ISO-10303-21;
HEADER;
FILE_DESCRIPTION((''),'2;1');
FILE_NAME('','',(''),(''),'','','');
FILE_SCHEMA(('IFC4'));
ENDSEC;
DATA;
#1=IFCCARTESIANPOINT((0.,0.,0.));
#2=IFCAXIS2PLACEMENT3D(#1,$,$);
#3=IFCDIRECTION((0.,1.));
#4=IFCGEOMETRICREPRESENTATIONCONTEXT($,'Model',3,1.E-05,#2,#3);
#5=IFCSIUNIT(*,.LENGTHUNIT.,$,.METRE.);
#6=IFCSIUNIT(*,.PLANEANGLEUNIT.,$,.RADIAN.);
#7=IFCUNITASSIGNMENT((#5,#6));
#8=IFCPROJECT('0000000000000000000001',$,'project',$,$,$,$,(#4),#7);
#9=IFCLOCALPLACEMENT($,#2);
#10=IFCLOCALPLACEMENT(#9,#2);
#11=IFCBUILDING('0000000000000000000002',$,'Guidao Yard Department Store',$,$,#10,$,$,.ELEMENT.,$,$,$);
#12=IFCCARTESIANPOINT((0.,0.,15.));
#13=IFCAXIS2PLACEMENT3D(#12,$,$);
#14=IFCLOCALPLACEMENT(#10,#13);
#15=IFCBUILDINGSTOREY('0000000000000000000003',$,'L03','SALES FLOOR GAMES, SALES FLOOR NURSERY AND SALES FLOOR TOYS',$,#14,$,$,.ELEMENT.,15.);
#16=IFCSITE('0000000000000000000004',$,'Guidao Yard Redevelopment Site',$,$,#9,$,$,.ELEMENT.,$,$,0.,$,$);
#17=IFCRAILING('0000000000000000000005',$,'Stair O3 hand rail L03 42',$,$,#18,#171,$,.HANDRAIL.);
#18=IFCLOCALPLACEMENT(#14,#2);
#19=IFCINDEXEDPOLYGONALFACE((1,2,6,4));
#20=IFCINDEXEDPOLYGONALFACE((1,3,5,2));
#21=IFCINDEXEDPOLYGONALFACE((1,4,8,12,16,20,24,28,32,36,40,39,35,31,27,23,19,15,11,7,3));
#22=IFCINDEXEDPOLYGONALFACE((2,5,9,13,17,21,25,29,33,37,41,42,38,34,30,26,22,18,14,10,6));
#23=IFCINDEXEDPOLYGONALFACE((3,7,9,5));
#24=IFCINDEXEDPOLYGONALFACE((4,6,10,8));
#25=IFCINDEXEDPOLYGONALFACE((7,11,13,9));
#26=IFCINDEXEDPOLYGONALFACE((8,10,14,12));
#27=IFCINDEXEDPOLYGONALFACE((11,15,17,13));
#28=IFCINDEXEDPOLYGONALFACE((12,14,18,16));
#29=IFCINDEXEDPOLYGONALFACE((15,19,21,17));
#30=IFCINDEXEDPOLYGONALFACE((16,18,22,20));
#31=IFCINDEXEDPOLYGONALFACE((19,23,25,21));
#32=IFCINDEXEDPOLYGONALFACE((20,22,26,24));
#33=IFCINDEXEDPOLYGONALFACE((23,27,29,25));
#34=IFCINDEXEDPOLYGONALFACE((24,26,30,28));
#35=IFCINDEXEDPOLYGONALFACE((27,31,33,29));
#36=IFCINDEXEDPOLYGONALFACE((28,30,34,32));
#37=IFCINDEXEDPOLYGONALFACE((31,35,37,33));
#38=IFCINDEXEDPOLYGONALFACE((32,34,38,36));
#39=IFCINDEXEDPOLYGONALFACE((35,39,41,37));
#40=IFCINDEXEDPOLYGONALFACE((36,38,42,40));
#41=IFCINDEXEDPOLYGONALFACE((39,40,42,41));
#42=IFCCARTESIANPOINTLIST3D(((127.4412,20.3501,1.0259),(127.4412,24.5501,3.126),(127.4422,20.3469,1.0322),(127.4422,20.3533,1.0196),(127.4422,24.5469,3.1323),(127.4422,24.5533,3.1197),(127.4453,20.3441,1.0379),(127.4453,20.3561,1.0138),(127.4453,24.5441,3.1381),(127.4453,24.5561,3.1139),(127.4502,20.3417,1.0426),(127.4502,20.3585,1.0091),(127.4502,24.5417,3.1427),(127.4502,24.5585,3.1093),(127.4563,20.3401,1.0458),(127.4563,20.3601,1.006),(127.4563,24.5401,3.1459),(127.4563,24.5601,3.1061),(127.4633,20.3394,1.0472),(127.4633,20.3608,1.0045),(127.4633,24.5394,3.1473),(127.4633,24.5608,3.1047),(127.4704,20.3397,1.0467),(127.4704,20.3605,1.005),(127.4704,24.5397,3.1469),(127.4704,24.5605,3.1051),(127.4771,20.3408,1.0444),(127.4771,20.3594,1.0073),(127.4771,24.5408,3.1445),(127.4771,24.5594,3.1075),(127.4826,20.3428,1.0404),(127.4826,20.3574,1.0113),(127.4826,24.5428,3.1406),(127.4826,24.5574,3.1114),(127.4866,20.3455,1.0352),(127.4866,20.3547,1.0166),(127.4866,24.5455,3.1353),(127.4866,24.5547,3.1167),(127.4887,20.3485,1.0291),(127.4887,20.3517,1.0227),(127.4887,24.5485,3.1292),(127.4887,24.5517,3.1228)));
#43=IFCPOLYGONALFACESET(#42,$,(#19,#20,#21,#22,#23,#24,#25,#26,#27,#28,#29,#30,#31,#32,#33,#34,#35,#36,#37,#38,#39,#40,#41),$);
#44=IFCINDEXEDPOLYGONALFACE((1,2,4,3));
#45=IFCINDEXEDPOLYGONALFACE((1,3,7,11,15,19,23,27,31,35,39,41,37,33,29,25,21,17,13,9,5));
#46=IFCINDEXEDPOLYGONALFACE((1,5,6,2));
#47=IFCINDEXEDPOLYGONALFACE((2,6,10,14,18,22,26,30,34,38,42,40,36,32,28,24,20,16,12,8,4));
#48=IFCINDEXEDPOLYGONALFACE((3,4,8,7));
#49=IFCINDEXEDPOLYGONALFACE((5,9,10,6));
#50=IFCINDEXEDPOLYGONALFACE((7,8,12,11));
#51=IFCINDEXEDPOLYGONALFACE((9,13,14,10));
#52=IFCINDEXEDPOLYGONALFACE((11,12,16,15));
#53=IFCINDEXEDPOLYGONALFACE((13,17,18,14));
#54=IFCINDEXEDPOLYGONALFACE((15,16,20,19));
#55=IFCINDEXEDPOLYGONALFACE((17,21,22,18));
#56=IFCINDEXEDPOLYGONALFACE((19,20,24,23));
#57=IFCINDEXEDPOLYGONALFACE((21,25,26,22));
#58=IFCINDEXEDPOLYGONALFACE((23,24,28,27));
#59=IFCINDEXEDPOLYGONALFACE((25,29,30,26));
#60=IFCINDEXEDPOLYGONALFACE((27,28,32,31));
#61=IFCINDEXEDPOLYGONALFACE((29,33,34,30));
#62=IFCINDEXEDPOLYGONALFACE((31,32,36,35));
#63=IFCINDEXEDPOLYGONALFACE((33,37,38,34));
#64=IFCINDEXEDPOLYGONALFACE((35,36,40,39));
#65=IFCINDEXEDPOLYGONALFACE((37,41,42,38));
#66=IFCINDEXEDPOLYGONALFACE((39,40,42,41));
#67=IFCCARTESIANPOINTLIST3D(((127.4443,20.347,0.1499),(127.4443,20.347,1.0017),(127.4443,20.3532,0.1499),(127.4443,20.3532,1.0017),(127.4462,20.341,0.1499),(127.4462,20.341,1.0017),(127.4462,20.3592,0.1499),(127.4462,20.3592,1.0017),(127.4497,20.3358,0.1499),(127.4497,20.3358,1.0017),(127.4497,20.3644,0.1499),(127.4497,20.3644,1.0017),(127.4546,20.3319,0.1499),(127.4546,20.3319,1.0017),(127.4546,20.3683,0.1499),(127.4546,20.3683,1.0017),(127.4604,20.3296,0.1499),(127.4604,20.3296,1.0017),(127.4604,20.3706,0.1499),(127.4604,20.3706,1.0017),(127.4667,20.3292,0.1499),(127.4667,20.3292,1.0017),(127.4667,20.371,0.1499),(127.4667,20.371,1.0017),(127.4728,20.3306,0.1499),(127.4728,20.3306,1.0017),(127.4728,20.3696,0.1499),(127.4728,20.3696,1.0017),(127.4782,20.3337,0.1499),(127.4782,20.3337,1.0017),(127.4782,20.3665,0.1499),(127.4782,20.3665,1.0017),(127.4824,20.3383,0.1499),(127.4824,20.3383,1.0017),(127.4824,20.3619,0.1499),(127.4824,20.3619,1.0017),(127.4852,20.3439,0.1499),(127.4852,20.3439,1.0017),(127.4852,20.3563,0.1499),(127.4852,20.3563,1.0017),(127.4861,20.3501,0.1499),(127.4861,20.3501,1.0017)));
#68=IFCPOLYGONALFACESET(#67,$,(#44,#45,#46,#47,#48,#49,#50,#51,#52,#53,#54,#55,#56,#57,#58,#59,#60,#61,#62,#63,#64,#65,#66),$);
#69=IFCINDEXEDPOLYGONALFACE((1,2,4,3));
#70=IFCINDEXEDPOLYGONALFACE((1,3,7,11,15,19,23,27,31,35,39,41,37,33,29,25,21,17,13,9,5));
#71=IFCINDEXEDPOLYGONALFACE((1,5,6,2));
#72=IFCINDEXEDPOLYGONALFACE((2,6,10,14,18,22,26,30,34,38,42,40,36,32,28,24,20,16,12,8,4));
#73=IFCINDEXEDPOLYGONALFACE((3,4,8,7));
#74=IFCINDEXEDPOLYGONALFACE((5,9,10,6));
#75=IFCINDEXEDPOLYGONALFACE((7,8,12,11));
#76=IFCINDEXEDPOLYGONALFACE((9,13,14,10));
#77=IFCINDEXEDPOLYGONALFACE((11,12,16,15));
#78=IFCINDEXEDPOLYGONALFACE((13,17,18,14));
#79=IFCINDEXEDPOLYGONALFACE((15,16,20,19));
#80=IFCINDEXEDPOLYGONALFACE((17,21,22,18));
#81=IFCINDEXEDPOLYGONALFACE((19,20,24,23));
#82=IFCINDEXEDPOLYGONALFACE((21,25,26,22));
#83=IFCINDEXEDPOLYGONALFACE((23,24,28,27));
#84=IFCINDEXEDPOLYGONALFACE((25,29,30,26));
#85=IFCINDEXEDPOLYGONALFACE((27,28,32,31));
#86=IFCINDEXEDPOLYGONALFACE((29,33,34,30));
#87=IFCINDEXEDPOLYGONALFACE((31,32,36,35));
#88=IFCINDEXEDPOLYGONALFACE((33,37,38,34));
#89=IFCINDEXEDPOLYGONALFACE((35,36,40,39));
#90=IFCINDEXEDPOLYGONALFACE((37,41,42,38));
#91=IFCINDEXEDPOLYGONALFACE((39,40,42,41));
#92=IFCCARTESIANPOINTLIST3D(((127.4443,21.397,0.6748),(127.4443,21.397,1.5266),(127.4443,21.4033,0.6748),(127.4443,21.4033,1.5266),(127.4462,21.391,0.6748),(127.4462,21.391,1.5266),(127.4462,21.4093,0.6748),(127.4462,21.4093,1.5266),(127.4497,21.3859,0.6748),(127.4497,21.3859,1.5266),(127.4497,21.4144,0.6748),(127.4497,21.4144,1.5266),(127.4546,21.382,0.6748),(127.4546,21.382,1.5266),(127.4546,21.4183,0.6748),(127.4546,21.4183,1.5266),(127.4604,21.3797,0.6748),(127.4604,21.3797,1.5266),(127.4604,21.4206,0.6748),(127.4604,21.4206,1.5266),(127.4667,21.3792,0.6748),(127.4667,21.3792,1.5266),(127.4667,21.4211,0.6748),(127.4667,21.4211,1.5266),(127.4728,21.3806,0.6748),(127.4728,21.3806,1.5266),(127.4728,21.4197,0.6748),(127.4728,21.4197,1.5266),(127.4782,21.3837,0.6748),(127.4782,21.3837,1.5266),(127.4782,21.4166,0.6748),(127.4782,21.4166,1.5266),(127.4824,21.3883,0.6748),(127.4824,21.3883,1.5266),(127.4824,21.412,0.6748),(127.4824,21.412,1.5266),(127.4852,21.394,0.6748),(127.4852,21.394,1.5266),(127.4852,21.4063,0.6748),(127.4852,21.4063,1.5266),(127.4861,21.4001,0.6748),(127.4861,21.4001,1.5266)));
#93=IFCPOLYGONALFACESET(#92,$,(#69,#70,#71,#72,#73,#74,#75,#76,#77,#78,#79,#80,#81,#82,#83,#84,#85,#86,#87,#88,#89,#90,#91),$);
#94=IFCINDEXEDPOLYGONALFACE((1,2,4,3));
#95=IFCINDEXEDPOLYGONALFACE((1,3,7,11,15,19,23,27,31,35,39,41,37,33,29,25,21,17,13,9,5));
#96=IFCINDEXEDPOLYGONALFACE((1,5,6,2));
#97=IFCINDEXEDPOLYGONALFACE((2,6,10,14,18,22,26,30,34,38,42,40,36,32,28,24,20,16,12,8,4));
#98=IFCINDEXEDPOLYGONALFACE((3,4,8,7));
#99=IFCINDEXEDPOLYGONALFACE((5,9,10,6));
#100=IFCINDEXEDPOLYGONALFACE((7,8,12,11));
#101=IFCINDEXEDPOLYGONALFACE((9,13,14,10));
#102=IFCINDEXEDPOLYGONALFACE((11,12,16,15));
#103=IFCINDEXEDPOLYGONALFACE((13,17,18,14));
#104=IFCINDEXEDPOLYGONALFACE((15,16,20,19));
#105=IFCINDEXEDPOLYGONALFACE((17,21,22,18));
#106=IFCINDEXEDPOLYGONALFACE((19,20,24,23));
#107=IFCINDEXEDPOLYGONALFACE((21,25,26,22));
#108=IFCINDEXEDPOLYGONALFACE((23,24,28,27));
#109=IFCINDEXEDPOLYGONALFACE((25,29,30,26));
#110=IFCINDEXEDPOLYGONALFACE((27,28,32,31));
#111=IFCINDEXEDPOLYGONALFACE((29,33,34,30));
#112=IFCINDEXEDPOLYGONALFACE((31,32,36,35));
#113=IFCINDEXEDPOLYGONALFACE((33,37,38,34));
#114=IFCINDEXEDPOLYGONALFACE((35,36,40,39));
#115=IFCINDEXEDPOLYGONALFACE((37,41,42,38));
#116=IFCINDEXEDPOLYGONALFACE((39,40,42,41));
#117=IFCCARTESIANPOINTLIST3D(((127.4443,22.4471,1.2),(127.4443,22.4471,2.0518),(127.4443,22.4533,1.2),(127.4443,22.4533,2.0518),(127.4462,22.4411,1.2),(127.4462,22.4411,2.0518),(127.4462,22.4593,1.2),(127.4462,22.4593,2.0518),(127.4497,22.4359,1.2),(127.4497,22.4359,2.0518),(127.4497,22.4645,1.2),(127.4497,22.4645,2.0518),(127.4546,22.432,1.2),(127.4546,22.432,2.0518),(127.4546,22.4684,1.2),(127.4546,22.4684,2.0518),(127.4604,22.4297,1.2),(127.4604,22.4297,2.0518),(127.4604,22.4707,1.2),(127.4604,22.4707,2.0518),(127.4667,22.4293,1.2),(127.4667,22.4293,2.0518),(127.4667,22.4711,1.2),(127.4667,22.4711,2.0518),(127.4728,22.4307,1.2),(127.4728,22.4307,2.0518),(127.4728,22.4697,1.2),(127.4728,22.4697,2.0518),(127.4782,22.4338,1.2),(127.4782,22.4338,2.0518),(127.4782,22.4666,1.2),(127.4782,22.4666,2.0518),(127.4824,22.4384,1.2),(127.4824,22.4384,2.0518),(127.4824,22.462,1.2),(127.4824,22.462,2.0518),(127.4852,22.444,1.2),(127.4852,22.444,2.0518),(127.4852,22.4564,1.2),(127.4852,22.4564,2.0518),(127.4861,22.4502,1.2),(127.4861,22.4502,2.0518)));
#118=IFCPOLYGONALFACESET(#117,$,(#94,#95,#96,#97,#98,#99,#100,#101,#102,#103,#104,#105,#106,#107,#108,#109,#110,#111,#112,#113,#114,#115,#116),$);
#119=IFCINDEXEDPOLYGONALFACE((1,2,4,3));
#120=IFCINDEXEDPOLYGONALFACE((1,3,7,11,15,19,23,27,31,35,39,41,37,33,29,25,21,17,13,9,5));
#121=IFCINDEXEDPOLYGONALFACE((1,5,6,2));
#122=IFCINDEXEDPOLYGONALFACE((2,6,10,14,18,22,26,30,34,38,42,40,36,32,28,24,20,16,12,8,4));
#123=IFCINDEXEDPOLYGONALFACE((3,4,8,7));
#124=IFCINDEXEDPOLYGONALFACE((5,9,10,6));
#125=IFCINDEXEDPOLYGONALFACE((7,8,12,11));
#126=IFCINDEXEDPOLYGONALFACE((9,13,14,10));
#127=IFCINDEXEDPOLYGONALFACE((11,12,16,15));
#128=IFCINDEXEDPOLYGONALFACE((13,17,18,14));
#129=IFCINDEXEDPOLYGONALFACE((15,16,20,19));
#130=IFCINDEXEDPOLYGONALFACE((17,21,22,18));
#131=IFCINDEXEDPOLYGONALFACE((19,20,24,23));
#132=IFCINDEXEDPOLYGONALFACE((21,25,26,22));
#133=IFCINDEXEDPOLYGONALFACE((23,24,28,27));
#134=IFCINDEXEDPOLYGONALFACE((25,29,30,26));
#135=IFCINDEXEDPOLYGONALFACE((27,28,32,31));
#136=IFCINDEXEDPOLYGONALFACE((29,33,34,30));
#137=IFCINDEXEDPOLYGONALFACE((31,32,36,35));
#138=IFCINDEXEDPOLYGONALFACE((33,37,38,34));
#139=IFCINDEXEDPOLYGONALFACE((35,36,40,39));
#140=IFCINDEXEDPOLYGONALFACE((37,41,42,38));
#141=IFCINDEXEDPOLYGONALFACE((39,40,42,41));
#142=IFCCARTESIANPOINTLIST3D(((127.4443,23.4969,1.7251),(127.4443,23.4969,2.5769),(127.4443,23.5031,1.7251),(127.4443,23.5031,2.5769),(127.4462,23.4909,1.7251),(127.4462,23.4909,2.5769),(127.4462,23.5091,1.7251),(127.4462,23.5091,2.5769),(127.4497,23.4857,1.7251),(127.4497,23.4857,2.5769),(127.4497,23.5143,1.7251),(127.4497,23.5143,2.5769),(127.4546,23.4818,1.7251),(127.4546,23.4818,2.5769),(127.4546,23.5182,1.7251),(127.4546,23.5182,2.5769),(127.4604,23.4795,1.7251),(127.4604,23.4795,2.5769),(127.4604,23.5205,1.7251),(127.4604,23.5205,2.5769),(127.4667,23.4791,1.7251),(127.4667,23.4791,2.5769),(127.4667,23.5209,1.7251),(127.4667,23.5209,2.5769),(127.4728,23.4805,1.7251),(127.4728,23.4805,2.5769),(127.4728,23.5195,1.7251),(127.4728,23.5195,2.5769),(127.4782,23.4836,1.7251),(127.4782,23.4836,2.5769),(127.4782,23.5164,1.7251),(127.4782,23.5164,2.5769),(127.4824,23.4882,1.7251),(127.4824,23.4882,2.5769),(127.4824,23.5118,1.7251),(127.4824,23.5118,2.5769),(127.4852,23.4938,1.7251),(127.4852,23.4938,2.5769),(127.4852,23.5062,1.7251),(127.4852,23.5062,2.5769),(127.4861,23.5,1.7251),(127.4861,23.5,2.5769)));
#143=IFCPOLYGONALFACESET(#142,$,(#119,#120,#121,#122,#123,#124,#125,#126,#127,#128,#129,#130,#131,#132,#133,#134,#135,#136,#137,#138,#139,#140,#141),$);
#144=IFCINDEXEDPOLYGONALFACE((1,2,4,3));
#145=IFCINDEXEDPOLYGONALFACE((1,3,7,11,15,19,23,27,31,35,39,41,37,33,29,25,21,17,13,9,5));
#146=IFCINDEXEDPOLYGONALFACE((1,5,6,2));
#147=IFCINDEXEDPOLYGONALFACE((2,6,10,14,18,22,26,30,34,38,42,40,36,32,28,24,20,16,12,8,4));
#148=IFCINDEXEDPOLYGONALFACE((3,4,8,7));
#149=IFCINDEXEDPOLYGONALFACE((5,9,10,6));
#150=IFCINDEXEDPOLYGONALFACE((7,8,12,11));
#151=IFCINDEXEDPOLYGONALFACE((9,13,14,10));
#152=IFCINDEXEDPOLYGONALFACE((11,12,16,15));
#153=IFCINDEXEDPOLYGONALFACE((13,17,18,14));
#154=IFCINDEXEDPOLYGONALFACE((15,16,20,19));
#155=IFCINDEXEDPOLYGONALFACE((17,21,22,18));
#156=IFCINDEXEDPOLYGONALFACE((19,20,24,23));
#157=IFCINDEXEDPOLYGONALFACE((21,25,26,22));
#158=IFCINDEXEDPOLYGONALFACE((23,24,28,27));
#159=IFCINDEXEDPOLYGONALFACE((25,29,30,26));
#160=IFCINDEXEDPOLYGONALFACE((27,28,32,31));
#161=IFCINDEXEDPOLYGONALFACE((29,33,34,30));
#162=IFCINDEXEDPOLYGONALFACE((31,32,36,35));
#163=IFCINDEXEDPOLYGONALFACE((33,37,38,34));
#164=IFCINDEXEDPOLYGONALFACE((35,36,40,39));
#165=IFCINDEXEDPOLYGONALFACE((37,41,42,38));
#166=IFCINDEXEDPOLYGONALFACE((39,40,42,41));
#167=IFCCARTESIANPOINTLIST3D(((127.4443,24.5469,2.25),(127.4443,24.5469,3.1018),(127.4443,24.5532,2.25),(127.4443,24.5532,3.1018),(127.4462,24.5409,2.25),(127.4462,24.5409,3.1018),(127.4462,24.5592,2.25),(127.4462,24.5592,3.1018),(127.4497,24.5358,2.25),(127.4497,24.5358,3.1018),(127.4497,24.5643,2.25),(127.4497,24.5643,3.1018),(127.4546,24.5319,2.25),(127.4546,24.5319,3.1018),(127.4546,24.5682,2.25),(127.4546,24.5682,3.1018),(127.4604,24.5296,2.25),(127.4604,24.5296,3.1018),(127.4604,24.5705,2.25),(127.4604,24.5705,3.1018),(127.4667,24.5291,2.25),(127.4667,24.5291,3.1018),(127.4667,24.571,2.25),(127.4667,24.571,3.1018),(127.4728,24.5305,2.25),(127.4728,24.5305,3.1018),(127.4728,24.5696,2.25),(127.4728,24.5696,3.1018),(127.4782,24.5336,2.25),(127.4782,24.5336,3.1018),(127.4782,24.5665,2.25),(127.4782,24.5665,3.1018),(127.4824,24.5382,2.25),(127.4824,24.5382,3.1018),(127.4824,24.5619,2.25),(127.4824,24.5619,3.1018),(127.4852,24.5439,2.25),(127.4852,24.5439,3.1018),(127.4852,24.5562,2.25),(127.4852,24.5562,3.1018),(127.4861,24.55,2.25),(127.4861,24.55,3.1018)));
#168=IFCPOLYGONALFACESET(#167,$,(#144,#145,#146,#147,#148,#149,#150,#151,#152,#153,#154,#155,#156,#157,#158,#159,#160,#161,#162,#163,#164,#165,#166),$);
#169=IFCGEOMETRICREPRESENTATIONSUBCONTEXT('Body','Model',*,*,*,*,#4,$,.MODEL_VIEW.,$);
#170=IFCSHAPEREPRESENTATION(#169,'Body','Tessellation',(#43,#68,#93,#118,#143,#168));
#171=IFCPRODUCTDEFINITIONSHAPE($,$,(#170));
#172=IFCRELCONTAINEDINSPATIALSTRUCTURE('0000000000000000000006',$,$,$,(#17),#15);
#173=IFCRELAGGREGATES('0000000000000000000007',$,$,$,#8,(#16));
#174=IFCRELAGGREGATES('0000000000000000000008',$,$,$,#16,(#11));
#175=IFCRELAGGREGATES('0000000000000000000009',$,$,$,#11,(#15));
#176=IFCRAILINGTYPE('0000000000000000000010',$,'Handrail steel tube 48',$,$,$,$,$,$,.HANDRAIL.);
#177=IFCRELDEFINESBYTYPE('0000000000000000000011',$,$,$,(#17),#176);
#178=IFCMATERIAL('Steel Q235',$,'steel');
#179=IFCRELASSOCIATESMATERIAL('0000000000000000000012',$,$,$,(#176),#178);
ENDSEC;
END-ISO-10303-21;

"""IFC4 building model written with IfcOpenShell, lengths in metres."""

from ifc_helpers import new_model, si_unit, direction, frame, origin, origin_2d, place, context, subcontext, project, spatial, circle, extrude, material, type_object, element, save


model = new_model("IFC4")

# Units and contexts
model_context = context("Model", 3, precision=1e-05, world=origin(), true_north=direction((0.0, 1.0)))
body_context = subcontext(model_context, "Body", "Model", "MODEL_VIEW")
ifc_project = project(units=[si_unit("LENGTHUNIT", "METRE"), si_unit("PLANEANGLEUNIT", "RADIAN")], contexts=[model_context])

# Site, building, storey
site_placement = place(None, origin())
site = spatial("IfcSite", under=ifc_project, at=site_placement, Name="Guidao Yard Redevelopment Site", CompositionType="ELEMENT", RefElevation=0.0)
building_placement = place(site_placement, origin())
building = spatial("IfcBuilding", under=site, at=building_placement, Name="Guidao Yard Department Store", CompositionType="ELEMENT")
storey_placement = place(building_placement, frame((0.0, 0.0, 15.0)))
storey = spatial("IfcBuildingStorey", under=building, at=storey_placement, Name="L03", Description="SALES FLOOR GAMES, SALES FLOOR NURSERY AND SALES FLOOR TOYS", CompositionType="ELEMENT", Elevation=15.0)

# Railing
ifc_material_1 = material(Name="Steel Q235", Category="steel")
railing_type_1 = type_object("IfcRailingType", Name="Handrail steel tube 48", PredefinedType="HANDRAIL", material=ifc_material_1)
for number, where, name in (
    (1, (127.4651, 20.3501, 0.1499), "Stair O3 hand rail L03 42"),
):
    element("IfcRailing", number, at=place(storey_placement, frame(where)), inside=storey, type_object=railing_type_1, Name=name, PredefinedType="HANDRAIL", context=body_context, shape_type="SweptSolid", body=[
        extrude(circle(Radius=0.0239, at=origin_2d()), frame((0.0, 0.0, 0.876), z_axis=(0.0, 0.894417, 0.447234), x_axis=(-1.0, 0.0, 0.0)), (0.0, 0.0, 1.0), 4.6958),
        extrude(circle(Radius=0.021, at=origin_2d()), origin(), (0.0, 0.0, 1.0), 0.8518),
        extrude(circle(Radius=0.021, at=origin_2d()), frame((0.0, 1.05, 0.5249)), (0.0, 0.0, 1.0), 0.8518),
        extrude(circle(Radius=0.021, at=origin_2d()), frame((0.0, 2.1001, 1.05)), (0.0, 0.0, 1.0), 0.8518),
        extrude(circle(Radius=0.021, at=origin_2d()), frame((0.0, 3.1499, 1.5752)), (0.0, 0.0, 1.0), 0.8518),
        extrude(circle(Radius=0.021, at=origin_2d()), frame((0.0, 4.2, 2.1001)), (0.0, 0.0, 1.0), 0.8518),
    ])

save(model, "model.ifc")
